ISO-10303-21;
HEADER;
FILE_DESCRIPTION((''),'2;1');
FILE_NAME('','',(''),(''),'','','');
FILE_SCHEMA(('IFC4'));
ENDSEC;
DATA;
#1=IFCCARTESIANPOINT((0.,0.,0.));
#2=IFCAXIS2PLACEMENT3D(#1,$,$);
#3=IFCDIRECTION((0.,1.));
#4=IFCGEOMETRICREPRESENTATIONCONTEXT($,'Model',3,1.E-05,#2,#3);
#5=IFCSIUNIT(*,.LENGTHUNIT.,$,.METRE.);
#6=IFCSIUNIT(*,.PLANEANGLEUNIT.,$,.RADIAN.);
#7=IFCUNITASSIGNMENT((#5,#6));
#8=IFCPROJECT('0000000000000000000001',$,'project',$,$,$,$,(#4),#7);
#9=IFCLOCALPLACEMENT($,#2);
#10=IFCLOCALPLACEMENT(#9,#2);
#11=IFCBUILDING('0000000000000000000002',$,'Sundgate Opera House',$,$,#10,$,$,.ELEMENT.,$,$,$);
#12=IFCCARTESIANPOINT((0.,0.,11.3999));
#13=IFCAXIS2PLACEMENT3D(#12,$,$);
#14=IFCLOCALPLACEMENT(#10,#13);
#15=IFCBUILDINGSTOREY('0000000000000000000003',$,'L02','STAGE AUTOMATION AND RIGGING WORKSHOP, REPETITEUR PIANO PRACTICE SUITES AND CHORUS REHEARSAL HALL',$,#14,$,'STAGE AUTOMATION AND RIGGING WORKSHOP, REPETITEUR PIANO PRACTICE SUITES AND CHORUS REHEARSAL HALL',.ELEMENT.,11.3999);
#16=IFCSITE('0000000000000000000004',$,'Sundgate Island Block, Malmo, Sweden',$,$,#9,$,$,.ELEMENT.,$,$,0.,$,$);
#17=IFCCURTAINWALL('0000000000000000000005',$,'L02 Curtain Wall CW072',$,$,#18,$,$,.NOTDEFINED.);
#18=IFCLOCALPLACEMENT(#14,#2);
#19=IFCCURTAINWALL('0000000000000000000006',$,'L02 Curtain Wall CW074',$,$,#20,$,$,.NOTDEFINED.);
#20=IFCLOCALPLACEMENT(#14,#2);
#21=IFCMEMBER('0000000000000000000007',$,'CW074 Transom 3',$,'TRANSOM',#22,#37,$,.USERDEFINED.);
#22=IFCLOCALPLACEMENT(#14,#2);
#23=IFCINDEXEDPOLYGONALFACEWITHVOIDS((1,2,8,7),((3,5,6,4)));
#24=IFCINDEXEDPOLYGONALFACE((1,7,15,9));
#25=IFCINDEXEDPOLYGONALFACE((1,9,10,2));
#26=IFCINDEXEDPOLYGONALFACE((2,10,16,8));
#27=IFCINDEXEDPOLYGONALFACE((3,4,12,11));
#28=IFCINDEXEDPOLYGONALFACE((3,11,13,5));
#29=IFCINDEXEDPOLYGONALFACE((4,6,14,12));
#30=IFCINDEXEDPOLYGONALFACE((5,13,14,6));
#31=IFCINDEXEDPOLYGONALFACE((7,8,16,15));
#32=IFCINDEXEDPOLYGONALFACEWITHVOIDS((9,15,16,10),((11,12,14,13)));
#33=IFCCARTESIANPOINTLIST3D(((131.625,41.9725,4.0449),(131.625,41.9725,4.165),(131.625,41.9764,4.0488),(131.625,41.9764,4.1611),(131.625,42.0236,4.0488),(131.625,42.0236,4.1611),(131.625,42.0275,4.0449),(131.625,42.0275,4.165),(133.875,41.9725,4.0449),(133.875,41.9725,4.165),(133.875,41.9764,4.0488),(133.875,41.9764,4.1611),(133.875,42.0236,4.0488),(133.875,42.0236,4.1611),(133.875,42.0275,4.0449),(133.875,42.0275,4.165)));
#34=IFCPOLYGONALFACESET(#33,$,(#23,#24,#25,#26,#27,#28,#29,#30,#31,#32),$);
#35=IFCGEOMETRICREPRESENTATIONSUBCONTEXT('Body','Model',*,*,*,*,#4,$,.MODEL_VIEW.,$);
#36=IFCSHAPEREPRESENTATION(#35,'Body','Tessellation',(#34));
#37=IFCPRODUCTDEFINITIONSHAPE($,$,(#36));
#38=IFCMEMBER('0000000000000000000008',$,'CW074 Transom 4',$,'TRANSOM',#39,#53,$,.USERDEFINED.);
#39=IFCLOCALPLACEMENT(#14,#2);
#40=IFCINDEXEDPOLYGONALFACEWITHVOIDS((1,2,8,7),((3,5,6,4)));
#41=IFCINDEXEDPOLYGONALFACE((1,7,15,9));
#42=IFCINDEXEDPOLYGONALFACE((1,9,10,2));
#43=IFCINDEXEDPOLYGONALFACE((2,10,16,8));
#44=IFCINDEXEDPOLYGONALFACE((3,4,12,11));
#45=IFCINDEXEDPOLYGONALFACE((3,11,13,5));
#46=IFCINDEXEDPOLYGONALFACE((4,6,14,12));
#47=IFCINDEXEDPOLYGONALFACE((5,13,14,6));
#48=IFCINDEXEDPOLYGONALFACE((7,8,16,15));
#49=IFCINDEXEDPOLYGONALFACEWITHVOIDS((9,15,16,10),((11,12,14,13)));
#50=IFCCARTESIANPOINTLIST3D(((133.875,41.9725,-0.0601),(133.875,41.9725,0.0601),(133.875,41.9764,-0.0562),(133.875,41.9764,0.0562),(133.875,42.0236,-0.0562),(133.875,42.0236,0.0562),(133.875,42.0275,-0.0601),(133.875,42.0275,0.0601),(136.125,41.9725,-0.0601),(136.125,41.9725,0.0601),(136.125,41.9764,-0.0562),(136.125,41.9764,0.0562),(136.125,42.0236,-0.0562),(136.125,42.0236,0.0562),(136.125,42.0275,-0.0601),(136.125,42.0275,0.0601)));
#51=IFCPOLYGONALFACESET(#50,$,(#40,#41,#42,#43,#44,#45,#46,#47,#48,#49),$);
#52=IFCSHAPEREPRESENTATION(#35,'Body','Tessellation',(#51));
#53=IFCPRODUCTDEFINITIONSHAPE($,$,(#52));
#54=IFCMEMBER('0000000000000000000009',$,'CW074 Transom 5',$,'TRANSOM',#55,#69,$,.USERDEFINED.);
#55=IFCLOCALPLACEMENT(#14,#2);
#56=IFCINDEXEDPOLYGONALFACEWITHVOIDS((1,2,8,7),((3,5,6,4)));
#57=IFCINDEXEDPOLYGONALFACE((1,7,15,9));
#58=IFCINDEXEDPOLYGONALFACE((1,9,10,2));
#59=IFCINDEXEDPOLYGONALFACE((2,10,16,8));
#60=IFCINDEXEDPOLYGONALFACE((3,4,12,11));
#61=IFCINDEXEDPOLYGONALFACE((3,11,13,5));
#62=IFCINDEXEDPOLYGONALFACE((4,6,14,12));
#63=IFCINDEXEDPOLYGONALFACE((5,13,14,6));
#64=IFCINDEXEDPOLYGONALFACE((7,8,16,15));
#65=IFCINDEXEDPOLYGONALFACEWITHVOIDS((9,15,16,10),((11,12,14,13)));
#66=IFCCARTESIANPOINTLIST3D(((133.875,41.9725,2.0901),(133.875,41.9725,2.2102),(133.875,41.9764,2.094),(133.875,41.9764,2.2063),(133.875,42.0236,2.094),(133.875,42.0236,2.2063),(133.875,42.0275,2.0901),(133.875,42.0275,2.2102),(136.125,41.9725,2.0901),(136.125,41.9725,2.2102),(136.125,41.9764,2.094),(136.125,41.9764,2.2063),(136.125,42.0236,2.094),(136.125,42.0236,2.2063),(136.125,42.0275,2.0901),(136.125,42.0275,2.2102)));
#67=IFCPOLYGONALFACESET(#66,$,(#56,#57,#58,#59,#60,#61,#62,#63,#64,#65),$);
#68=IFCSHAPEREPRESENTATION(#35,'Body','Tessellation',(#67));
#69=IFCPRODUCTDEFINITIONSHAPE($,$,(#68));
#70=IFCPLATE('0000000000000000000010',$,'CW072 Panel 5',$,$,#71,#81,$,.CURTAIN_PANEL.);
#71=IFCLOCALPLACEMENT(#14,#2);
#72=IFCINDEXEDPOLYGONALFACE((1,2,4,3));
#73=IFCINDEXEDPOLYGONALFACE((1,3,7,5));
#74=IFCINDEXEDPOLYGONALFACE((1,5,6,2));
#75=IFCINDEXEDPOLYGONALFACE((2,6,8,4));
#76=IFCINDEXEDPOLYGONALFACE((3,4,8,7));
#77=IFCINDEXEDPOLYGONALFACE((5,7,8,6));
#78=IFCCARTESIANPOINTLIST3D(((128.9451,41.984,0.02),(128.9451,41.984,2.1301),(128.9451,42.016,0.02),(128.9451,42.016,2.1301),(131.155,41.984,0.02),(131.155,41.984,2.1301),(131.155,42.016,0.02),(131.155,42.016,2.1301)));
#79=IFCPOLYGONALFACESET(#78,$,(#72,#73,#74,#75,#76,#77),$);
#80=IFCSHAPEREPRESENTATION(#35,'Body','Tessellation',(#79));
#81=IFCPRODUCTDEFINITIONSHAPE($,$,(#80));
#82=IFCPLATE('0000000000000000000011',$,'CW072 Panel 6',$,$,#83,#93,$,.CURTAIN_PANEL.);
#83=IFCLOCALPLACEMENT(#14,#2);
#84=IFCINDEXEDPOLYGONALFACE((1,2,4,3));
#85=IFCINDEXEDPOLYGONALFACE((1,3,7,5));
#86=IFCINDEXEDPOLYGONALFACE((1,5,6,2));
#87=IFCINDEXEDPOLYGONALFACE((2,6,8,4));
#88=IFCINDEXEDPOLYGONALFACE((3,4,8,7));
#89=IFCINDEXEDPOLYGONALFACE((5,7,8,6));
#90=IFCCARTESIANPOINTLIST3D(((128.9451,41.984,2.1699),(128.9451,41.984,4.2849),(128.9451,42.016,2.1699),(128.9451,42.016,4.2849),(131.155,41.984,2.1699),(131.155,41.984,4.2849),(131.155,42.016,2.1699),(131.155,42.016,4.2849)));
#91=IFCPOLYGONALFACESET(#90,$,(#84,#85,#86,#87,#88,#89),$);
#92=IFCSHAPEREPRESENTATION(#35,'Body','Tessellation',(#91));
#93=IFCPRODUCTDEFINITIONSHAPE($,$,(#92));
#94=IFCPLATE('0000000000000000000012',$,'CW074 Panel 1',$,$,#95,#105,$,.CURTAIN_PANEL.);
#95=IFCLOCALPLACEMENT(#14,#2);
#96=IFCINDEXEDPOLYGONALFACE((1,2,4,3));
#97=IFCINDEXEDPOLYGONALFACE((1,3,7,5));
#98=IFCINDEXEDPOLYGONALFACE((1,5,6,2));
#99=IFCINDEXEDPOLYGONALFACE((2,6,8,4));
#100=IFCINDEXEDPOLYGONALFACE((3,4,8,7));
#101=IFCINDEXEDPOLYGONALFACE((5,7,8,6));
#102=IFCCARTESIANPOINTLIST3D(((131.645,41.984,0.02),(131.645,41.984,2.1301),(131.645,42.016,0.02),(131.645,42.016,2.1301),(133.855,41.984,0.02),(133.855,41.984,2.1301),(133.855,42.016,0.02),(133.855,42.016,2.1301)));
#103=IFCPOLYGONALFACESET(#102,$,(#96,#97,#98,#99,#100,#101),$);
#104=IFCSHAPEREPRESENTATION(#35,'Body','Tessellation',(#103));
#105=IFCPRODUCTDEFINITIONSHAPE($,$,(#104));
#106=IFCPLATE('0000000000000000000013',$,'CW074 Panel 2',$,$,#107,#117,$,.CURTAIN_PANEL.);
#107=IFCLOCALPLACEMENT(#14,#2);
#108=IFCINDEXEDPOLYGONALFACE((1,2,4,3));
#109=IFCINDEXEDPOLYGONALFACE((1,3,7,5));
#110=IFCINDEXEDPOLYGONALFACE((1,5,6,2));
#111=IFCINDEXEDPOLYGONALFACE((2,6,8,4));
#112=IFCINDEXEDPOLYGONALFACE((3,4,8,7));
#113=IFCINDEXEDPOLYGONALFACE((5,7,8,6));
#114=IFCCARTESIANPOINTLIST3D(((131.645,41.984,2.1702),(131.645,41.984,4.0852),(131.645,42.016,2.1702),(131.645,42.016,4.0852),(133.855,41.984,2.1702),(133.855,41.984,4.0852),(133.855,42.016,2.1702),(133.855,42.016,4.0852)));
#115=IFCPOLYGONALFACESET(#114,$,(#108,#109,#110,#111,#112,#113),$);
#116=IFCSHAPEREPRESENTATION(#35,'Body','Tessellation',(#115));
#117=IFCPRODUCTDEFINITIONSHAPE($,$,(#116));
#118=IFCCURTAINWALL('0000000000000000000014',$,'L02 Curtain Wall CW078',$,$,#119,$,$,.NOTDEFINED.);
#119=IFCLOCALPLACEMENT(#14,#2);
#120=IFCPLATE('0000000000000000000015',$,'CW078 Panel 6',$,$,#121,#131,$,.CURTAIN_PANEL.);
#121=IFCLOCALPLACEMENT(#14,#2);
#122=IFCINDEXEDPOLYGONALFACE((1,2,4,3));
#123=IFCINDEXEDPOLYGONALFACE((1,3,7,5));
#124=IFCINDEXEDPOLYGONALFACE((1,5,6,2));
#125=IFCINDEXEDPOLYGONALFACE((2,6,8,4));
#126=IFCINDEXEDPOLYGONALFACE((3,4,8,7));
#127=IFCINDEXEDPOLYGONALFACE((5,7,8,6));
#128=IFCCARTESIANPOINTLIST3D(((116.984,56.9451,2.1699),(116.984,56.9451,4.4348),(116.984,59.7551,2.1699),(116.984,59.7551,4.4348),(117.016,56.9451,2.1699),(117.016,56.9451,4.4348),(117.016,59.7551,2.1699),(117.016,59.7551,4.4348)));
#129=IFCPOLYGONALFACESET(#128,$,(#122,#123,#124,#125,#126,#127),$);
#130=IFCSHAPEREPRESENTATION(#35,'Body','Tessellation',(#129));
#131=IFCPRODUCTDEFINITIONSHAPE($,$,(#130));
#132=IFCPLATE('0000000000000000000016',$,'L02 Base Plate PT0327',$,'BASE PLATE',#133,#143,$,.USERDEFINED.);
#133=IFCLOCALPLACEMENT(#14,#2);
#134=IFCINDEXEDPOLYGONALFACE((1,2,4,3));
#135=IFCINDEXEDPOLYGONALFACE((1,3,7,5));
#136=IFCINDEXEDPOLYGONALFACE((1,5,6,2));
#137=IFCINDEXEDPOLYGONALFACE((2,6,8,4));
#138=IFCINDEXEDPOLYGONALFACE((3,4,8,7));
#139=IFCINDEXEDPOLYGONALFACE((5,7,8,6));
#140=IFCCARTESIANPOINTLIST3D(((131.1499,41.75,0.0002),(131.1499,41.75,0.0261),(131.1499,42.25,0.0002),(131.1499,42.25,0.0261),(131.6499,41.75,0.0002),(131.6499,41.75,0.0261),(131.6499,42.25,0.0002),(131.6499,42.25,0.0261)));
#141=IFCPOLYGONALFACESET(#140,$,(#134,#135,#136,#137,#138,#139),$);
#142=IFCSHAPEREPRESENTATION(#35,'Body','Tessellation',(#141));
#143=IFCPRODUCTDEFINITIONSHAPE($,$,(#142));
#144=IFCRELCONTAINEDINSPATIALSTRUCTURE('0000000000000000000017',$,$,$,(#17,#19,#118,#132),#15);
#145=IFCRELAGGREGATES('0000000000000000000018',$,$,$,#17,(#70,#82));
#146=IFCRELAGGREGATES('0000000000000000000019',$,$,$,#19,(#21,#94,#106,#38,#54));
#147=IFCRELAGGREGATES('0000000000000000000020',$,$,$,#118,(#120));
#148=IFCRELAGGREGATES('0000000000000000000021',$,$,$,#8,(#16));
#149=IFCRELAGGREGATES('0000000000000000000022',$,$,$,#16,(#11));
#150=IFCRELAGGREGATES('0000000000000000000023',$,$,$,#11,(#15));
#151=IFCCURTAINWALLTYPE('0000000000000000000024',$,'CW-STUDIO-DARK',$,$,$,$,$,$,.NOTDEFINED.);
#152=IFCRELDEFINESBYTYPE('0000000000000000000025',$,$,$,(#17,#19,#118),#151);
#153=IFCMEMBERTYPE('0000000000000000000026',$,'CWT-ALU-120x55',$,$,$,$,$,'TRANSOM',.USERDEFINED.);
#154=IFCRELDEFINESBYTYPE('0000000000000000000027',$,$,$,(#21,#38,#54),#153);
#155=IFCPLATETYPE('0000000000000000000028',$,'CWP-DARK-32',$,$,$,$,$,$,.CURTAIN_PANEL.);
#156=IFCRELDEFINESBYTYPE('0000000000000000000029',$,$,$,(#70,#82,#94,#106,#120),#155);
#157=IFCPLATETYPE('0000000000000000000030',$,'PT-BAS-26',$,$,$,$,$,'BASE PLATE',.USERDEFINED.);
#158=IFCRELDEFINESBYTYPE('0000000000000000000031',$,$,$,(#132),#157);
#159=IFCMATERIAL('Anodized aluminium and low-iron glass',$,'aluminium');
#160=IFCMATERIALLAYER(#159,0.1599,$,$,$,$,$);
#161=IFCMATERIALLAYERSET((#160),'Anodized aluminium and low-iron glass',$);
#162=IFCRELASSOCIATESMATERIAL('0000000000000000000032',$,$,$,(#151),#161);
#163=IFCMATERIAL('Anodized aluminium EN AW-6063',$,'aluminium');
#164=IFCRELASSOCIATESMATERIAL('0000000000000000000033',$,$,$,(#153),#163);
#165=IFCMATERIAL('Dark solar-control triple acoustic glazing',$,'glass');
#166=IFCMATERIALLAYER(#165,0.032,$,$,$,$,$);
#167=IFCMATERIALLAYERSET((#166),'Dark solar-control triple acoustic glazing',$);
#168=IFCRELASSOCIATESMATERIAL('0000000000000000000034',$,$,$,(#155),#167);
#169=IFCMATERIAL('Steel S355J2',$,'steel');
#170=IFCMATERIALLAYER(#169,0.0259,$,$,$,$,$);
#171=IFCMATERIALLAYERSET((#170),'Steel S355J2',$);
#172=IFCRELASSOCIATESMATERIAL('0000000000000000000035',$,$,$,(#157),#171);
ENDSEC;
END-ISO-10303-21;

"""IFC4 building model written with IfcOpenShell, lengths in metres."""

from ifc_helpers import new_model, si_unit, direction, frame, origin, origin_2d, place, context, subcontext, project, spatial, rectangle, hollow_rectangle, extrude, material, layer, layer_set, material_profile, profile_set, type_object, element, aggregate, save


model = new_model("IFC4")

# Units and contexts
model_context = context("Model", 3, precision=1e-05, world=origin(), true_north=direction((0.0, 1.0)))
body_context = subcontext(model_context, "Body", "Model", "MODEL_VIEW")
ifc_project = project(units=[si_unit("LENGTHUNIT", "METRE"), si_unit("PLANEANGLEUNIT", "RADIAN")], contexts=[model_context])

# Site, building, storey
site_placement = place(None, origin())
site = spatial("IfcSite", under=ifc_project, at=site_placement, Name="Sundgate Island Block, Malmo, Sweden", CompositionType="ELEMENT", RefElevation=0.0)
building_placement = place(site_placement, origin())
building = spatial("IfcBuilding", under=site, at=building_placement, Name="Sundgate Opera House", CompositionType="ELEMENT")
storey_placement = place(building_placement, frame((0.0, 0.0, 11.3999)))
storey = spatial("IfcBuildingStorey", under=building, at=storey_placement, Name="L02", Description="STAGE AUTOMATION AND RIGGING WORKSHOP, REPETITEUR PIANO PRACTICE SUITES AND CHORUS REHEARSAL HALL", LongName="STAGE AUTOMATION AND RIGGING WORKSHOP, REPETITEUR PIANO PRACTICE SUITES AND CHORUS REHEARSAL HALL", CompositionType="ELEMENT", Elevation=11.3999)

# Curtain wall
ifc_material_1 = material(Name="Anodized aluminium and low-iron glass", Category="aluminium")
ifc_layer_1 = layer(ifc_material_1, 0.1599)
ifc_layer_set_1 = layer_set([ifc_layer_1], Name="Anodized aluminium and low-iron glass")
curtain_wall_type = type_object("IfcCurtainWallType", Name="CW-STUDIO-DARK", PredefinedType="NOTDEFINED", material=ifc_layer_set_1)
curtain_wall_1_placement = place(storey_placement, origin())
curtain_wall_1 = element("IfcCurtainWall", 1, at=curtain_wall_1_placement, inside=storey, type_object=curtain_wall_type, Name="L02 Curtain Wall CW072", PredefinedType="NOTDEFINED")

# Curtain wall
curtain_wall_2_placement = place(storey_placement, origin())
curtain_wall_2 = element("IfcCurtainWall", 2, at=curtain_wall_2_placement, inside=storey, type_object=curtain_wall_type, Name="L02 Curtain Wall CW074", PredefinedType="NOTDEFINED")

# Members
ifc_material_2 = material(Name="Anodized aluminium EN AW-6063", Category="aluminium")
ifc_material_profile_1 = material_profile(ifc_material_2, hollow_rectangle(XDim=0.0549, YDim=0.1201, WallThickness=0.0039, at=origin_2d()), Name="CWT 120x55x4")
ifc_profile_set_1 = profile_set([ifc_material_profile_1], Name="Anodized aluminium EN AW-6063")
member_type_1 = type_object("IfcMemberType", Name="CWT-ALU-120x55", ElementType="TRANSOM", PredefinedType="USERDEFINED", material=ifc_profile_set_1)
member_1_placement = place(storey_placement, frame((131.625, 42.0, 4.105), z_axis=(1.0, 0.0, 0.0), x_axis=(0.0, 1.0, 0.0)))
member_1 = element("IfcMember", 3, at=member_1_placement, type_object=member_type_1, Name="CW074 Transom 3", ObjectType="TRANSOM", PredefinedType="USERDEFINED", context=body_context, shape_type="SweptSolid", body=[
    extrude(hollow_rectangle(XDim=0.0549, YDim=0.1201, WallThickness=0.0039, at=origin_2d()), origin(), (0.0, 0.0, 1.0), 2.25),
])
member_2_placement = place(storey_placement, frame((133.875, 42.0, 0.0), z_axis=(1.0, 0.0, 0.0), x_axis=(0.0, 1.0, 0.0)))
member_2 = element("IfcMember", 4, at=member_2_placement, type_object=member_type_1, Name="CW074 Transom 4", ObjectType="TRANSOM", PredefinedType="USERDEFINED", context=body_context, shape_type="SweptSolid", body=[
    extrude(hollow_rectangle(XDim=0.0549, YDim=0.1201, WallThickness=0.0039, at=origin_2d()), origin(), (0.0, 0.0, 1.0), 2.25),
])
member_3_placement = place(storey_placement, frame((133.875, 42.0, 2.1501), z_axis=(1.0, 0.0, 0.0), x_axis=(0.0, 1.0, 0.0)))
member_3 = element("IfcMember", 5, at=member_3_placement, type_object=member_type_1, Name="CW074 Transom 5", ObjectType="TRANSOM", PredefinedType="USERDEFINED", context=body_context, shape_type="SweptSolid", body=[
    extrude(hollow_rectangle(XDim=0.0549, YDim=0.1201, WallThickness=0.0039, at=origin_2d()), origin(), (0.0, 0.0, 1.0), 2.25),
])

# Plates
ifc_material_3 = material(Name="Dark solar-control triple acoustic glazing", Category="glass")
ifc_layer_2 = layer(ifc_material_3, 0.032)
ifc_layer_set_2 = layer_set([ifc_layer_2], Name="Dark solar-control triple acoustic glazing")
plate_type_1 = type_object("IfcPlateType", Name="CWP-DARK-32", PredefinedType="CURTAIN_PANEL", material=ifc_layer_set_2)
plate_1_placement = place(storey_placement, frame((130.05, 42.0, 0.02), z_axis=(0.0, 0.0, 1.0), x_axis=(1.0, 0.0, 0.0)))
plate_1 = element("IfcPlate", 6, at=plate_1_placement, type_object=plate_type_1, Name="CW072 Panel 5", PredefinedType="CURTAIN_PANEL", context=body_context, shape_type="SweptSolid", body=[
    extrude(rectangle(XDim=2.21, YDim=0.032, at=origin_2d()), origin(), (0.0, 0.0, 1.0), 2.1101),
])
plate_2_placement = place(storey_placement, frame((130.05, 42.0, 2.1699), z_axis=(0.0, 0.0, 1.0), x_axis=(1.0, 0.0, 0.0)))
plate_2 = element("IfcPlate", 7, at=plate_2_placement, type_object=plate_type_1, Name="CW072 Panel 6", PredefinedType="CURTAIN_PANEL", context=body_context, shape_type="SweptSolid", body=[
    extrude(rectangle(XDim=2.21, YDim=0.032, at=origin_2d()), origin(), (0.0, 0.0, 1.0), 2.115),
])
aggregate(curtain_wall_1, [plate_1, plate_2])
plate_3_placement = place(storey_placement, frame((132.75, 42.0, 0.02), z_axis=(0.0, 0.0, 1.0), x_axis=(1.0, 0.0, 0.0)))
plate_3 = element("IfcPlate", 8, at=plate_3_placement, type_object=plate_type_1, Name="CW074 Panel 1", PredefinedType="CURTAIN_PANEL", context=body_context, shape_type="SweptSolid", body=[
    extrude(rectangle(XDim=2.21, YDim=0.032, at=origin_2d()), origin(), (0.0, 0.0, 1.0), 2.1101),
])
plate_4_placement = place(storey_placement, frame((132.75, 42.0, 2.1702), z_axis=(0.0, 0.0, 1.0), x_axis=(1.0, 0.0, 0.0)))
plate_4 = element("IfcPlate", 9, at=plate_4_placement, type_object=plate_type_1, Name="CW074 Panel 2", PredefinedType="CURTAIN_PANEL", context=body_context, shape_type="SweptSolid", body=[
    extrude(rectangle(XDim=2.21, YDim=0.032, at=origin_2d()), origin(), (0.0, 0.0, 1.0), 1.915),
])
aggregate(curtain_wall_2, [member_1, plate_3, plate_4, member_2, member_3])

# Curtain wall, plate
curtain_wall_3_placement = place(storey_placement, origin())
curtain_wall_3 = element("IfcCurtainWall", 10, at=curtain_wall_3_placement, inside=storey, type_object=curtain_wall_type, Name="L02 Curtain Wall CW078", PredefinedType="NOTDEFINED")
plate_5_placement = place(storey_placement, frame((117.0, 58.3501, 2.1699), z_axis=(0.0, 0.0, 1.0), x_axis=(0.0, 1.0, 0.0)))
plate_5 = element("IfcPlate", 11, at=plate_5_placement, type_object=plate_type_1, Name="CW078 Panel 6", PredefinedType="CURTAIN_PANEL", context=body_context, shape_type="SweptSolid", body=[
    extrude(rectangle(XDim=2.8101, YDim=0.032, at=origin_2d()), origin(), (0.0, 0.0, 1.0), 2.2649),
])
aggregate(curtain_wall_3, [plate_5])

# Plate
ifc_material_4 = material(Name="Steel S355J2", Category="steel")
ifc_layer_3 = layer(ifc_material_4, 0.0259)
ifc_layer_set_3 = layer_set([ifc_layer_3], Name="Steel S355J2")
plate_type_2 = type_object("IfcPlateType", Name="PT-BAS-26", ElementType="BASE PLATE", PredefinedType="USERDEFINED", material=ifc_layer_set_3)
plate_6_placement = place(storey_placement, frame((131.3999, 42.0, 0.0002), z_axis=(0.0, 0.0, 1.0), x_axis=(1.0, 0.0, 0.0)))
element("IfcPlate", 12, at=plate_6_placement, inside=storey, type_object=plate_type_2, Name="L02 Base Plate PT0327", ObjectType="BASE PLATE", PredefinedType="USERDEFINED", context=body_context, shape_type="SweptSolid", body=[
    extrude(rectangle(XDim=0.5, YDim=0.5, at=origin_2d()), origin(), (0.0, 0.0, 1.0), 0.0259),
])

save(model, "model.ifc")
